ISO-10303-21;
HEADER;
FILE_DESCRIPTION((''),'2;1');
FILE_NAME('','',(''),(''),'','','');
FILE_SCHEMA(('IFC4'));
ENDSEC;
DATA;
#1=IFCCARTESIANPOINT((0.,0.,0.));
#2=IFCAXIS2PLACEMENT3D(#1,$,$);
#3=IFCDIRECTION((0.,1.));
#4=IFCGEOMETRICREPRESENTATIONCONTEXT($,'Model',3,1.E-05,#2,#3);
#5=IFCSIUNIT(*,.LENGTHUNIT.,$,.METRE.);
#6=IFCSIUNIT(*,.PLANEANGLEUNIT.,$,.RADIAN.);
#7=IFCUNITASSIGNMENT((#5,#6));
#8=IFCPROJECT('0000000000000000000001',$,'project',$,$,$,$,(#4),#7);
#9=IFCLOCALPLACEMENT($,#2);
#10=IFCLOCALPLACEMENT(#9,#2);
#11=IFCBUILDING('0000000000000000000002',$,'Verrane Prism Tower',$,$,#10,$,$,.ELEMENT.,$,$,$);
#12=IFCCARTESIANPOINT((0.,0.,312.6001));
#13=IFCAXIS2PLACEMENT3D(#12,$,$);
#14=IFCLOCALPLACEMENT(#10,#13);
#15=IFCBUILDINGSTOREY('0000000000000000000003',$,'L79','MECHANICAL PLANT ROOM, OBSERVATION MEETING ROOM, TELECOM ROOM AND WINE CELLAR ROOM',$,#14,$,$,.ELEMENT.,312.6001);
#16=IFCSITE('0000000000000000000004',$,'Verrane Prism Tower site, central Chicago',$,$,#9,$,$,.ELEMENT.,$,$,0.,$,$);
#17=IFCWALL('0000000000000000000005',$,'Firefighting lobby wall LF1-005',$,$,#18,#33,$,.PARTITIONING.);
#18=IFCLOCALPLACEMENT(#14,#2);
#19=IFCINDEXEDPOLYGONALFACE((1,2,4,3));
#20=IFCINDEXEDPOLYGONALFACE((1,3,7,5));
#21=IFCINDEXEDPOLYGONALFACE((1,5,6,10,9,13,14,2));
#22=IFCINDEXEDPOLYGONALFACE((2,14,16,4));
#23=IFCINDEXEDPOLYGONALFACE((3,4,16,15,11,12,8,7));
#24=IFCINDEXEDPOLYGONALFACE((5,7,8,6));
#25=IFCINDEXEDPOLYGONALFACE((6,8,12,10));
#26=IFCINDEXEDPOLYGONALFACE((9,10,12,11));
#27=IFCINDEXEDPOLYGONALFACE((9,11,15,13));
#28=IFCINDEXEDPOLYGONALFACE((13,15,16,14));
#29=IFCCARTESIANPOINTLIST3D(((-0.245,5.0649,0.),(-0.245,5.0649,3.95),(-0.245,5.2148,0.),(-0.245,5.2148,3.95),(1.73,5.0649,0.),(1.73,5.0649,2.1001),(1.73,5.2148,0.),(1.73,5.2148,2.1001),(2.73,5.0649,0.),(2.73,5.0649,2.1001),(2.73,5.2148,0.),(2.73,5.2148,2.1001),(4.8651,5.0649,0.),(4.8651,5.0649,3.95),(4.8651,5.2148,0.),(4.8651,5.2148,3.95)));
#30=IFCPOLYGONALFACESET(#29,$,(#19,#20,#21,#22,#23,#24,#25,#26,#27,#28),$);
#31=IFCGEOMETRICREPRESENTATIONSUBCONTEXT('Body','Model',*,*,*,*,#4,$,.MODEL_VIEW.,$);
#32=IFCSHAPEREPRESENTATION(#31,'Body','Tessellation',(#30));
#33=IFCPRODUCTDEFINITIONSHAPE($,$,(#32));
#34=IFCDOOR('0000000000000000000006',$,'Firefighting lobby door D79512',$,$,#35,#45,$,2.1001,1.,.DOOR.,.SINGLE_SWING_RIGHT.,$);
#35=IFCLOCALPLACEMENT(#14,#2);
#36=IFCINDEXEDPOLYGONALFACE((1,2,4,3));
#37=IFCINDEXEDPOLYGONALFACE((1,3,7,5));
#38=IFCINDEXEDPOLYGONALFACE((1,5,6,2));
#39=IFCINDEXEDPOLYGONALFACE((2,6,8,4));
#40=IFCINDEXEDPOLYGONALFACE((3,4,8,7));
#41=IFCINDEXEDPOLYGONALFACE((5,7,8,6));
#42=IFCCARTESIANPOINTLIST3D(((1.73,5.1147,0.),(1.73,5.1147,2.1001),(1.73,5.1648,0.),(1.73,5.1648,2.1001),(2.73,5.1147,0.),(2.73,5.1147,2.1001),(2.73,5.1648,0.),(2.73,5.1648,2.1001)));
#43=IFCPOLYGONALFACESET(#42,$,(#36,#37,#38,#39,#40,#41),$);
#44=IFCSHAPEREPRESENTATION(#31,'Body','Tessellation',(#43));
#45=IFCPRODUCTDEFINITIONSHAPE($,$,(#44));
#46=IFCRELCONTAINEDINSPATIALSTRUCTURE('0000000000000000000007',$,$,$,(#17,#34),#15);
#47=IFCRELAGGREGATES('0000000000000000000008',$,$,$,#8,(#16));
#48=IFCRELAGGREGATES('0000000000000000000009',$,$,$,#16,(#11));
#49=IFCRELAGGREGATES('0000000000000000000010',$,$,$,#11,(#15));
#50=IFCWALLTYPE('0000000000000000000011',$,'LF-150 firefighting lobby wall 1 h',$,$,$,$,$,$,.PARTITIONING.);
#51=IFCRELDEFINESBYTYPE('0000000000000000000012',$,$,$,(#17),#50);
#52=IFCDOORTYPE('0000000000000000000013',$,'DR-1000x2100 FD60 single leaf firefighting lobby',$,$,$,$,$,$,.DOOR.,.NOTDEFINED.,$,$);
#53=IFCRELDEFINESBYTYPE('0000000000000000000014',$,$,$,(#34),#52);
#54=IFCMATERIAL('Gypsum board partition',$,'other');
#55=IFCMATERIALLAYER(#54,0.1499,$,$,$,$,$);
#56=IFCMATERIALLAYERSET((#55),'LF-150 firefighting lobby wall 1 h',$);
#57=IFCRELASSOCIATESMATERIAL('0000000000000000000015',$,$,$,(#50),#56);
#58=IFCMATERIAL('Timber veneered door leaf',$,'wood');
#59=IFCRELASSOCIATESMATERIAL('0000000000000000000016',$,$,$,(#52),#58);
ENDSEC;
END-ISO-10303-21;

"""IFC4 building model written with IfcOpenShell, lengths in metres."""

from ifc_helpers import new_model, si_unit, direction, frame, frame_2d, origin, place, context, subcontext, project, spatial, rectangle, extrude, material, layer, layer_set, type_object, element, fill, save


model = new_model("IFC4")

# Units and contexts
model_context = context("Model", 3, precision=1e-05, world=origin(), true_north=direction((0.0, 1.0)))
body_context = subcontext(model_context, "Body", "Model", "MODEL_VIEW")
ifc_project = project(units=[si_unit("LENGTHUNIT", "METRE"), si_unit("PLANEANGLEUNIT", "RADIAN")], contexts=[model_context])

# Site, building, storey
site_placement = place(None, origin())
site = spatial("IfcSite", under=ifc_project, at=site_placement, Name="Verrane Prism Tower site, central Chicago", CompositionType="ELEMENT", RefElevation=0.0)
building_placement = place(site_placement, origin())
building = spatial("IfcBuilding", under=site, at=building_placement, Name="Verrane Prism Tower", CompositionType="ELEMENT")
storey_placement = place(building_placement, frame((0.0, 0.0, 312.6001)))
storey = spatial("IfcBuildingStorey", under=building, at=storey_placement, Name="L79", Description="MECHANICAL PLANT ROOM, OBSERVATION MEETING ROOM, TELECOM ROOM AND WINE CELLAR ROOM", CompositionType="ELEMENT", Elevation=312.6001)

# Shared definitions
ifc_material_1 = material(Name="Gypsum board partition", Category="other")
ifc_layer_1 = layer(ifc_material_1, 0.1499)
ifc_layer_set_1 = layer_set([ifc_layer_1], Name="LF-150 firefighting lobby wall 1 h")
wall_type_1 = type_object("IfcWallType", Name="LF-150 firefighting lobby wall 1 h", PredefinedType="PARTITIONING", material=ifc_layer_set_1)
ifc_material_2 = material(Name="Timber veneered door leaf", Category="wood")
door_type_1 = type_object("IfcDoorType", Name="DR-1000x2100 FD60 single leaf firefighting lobby", OperationType="NOTDEFINED", PredefinedType="DOOR", material=ifc_material_2)

# Wall, opening, door
wall_1_placement = place(storey_placement, frame((-0.2451, 5.1399, 0.0), z_axis=(0.0, 0.0, 1.0), x_axis=(1.0, 0.0, 0.0)))
wall_1 = element("IfcWall", 1, at=wall_1_placement, inside=storey, type_object=wall_type_1, Name="Firefighting lobby wall LF1-005", PredefinedType="PARTITIONING", context=body_context, shape_type="SweptSolid", body=[
    extrude(rectangle(XDim=5.1101, YDim=0.1499, at=frame_2d((2.5552, 0.0))), origin(), (0.0, 0.0, 1.0), 3.95),
])
opening_1_placement = place(wall_1_placement, frame((1.9751, 0.0, 0.0)))
opening_1 = element("IfcOpeningElement", 2, at=opening_1_placement, cuts=wall_1, PredefinedType="OPENING", context=body_context, shape_type="SweptSolid", body=[
    extrude(rectangle(XDim=1.0, YDim=2.1001, at=frame_2d((0.5, 1.05))), frame((0.0, 0.085, 0.0), z_axis=(0.0, -1.0, 0.0), x_axis=(1.0, 0.0, 0.0)), (0.0, 0.0, 1.0), 0.1699),
])
door_1_placement = place(opening_1_placement, origin())
door_1 = element("IfcDoor", 3, at=door_1_placement, inside=storey, type_object=door_type_1, Name="Firefighting lobby door D79512", OperationType="SINGLE_SWING_RIGHT", OverallHeight=2.1001, OverallWidth=1.0, PredefinedType="DOOR", context=body_context, shape_type="SweptSolid", body=[
    extrude(rectangle(XDim=1.0, YDim=2.1001, at=frame_2d((0.5, 1.05))), frame((0.0, 0.0249, 0.0), z_axis=(0.0, -1.0, 0.0), x_axis=(1.0, 0.0, 0.0)), (0.0, 0.0, 1.0), 0.05),
])
fill(opening_1, door_1)

save(model, "model.ifc")
